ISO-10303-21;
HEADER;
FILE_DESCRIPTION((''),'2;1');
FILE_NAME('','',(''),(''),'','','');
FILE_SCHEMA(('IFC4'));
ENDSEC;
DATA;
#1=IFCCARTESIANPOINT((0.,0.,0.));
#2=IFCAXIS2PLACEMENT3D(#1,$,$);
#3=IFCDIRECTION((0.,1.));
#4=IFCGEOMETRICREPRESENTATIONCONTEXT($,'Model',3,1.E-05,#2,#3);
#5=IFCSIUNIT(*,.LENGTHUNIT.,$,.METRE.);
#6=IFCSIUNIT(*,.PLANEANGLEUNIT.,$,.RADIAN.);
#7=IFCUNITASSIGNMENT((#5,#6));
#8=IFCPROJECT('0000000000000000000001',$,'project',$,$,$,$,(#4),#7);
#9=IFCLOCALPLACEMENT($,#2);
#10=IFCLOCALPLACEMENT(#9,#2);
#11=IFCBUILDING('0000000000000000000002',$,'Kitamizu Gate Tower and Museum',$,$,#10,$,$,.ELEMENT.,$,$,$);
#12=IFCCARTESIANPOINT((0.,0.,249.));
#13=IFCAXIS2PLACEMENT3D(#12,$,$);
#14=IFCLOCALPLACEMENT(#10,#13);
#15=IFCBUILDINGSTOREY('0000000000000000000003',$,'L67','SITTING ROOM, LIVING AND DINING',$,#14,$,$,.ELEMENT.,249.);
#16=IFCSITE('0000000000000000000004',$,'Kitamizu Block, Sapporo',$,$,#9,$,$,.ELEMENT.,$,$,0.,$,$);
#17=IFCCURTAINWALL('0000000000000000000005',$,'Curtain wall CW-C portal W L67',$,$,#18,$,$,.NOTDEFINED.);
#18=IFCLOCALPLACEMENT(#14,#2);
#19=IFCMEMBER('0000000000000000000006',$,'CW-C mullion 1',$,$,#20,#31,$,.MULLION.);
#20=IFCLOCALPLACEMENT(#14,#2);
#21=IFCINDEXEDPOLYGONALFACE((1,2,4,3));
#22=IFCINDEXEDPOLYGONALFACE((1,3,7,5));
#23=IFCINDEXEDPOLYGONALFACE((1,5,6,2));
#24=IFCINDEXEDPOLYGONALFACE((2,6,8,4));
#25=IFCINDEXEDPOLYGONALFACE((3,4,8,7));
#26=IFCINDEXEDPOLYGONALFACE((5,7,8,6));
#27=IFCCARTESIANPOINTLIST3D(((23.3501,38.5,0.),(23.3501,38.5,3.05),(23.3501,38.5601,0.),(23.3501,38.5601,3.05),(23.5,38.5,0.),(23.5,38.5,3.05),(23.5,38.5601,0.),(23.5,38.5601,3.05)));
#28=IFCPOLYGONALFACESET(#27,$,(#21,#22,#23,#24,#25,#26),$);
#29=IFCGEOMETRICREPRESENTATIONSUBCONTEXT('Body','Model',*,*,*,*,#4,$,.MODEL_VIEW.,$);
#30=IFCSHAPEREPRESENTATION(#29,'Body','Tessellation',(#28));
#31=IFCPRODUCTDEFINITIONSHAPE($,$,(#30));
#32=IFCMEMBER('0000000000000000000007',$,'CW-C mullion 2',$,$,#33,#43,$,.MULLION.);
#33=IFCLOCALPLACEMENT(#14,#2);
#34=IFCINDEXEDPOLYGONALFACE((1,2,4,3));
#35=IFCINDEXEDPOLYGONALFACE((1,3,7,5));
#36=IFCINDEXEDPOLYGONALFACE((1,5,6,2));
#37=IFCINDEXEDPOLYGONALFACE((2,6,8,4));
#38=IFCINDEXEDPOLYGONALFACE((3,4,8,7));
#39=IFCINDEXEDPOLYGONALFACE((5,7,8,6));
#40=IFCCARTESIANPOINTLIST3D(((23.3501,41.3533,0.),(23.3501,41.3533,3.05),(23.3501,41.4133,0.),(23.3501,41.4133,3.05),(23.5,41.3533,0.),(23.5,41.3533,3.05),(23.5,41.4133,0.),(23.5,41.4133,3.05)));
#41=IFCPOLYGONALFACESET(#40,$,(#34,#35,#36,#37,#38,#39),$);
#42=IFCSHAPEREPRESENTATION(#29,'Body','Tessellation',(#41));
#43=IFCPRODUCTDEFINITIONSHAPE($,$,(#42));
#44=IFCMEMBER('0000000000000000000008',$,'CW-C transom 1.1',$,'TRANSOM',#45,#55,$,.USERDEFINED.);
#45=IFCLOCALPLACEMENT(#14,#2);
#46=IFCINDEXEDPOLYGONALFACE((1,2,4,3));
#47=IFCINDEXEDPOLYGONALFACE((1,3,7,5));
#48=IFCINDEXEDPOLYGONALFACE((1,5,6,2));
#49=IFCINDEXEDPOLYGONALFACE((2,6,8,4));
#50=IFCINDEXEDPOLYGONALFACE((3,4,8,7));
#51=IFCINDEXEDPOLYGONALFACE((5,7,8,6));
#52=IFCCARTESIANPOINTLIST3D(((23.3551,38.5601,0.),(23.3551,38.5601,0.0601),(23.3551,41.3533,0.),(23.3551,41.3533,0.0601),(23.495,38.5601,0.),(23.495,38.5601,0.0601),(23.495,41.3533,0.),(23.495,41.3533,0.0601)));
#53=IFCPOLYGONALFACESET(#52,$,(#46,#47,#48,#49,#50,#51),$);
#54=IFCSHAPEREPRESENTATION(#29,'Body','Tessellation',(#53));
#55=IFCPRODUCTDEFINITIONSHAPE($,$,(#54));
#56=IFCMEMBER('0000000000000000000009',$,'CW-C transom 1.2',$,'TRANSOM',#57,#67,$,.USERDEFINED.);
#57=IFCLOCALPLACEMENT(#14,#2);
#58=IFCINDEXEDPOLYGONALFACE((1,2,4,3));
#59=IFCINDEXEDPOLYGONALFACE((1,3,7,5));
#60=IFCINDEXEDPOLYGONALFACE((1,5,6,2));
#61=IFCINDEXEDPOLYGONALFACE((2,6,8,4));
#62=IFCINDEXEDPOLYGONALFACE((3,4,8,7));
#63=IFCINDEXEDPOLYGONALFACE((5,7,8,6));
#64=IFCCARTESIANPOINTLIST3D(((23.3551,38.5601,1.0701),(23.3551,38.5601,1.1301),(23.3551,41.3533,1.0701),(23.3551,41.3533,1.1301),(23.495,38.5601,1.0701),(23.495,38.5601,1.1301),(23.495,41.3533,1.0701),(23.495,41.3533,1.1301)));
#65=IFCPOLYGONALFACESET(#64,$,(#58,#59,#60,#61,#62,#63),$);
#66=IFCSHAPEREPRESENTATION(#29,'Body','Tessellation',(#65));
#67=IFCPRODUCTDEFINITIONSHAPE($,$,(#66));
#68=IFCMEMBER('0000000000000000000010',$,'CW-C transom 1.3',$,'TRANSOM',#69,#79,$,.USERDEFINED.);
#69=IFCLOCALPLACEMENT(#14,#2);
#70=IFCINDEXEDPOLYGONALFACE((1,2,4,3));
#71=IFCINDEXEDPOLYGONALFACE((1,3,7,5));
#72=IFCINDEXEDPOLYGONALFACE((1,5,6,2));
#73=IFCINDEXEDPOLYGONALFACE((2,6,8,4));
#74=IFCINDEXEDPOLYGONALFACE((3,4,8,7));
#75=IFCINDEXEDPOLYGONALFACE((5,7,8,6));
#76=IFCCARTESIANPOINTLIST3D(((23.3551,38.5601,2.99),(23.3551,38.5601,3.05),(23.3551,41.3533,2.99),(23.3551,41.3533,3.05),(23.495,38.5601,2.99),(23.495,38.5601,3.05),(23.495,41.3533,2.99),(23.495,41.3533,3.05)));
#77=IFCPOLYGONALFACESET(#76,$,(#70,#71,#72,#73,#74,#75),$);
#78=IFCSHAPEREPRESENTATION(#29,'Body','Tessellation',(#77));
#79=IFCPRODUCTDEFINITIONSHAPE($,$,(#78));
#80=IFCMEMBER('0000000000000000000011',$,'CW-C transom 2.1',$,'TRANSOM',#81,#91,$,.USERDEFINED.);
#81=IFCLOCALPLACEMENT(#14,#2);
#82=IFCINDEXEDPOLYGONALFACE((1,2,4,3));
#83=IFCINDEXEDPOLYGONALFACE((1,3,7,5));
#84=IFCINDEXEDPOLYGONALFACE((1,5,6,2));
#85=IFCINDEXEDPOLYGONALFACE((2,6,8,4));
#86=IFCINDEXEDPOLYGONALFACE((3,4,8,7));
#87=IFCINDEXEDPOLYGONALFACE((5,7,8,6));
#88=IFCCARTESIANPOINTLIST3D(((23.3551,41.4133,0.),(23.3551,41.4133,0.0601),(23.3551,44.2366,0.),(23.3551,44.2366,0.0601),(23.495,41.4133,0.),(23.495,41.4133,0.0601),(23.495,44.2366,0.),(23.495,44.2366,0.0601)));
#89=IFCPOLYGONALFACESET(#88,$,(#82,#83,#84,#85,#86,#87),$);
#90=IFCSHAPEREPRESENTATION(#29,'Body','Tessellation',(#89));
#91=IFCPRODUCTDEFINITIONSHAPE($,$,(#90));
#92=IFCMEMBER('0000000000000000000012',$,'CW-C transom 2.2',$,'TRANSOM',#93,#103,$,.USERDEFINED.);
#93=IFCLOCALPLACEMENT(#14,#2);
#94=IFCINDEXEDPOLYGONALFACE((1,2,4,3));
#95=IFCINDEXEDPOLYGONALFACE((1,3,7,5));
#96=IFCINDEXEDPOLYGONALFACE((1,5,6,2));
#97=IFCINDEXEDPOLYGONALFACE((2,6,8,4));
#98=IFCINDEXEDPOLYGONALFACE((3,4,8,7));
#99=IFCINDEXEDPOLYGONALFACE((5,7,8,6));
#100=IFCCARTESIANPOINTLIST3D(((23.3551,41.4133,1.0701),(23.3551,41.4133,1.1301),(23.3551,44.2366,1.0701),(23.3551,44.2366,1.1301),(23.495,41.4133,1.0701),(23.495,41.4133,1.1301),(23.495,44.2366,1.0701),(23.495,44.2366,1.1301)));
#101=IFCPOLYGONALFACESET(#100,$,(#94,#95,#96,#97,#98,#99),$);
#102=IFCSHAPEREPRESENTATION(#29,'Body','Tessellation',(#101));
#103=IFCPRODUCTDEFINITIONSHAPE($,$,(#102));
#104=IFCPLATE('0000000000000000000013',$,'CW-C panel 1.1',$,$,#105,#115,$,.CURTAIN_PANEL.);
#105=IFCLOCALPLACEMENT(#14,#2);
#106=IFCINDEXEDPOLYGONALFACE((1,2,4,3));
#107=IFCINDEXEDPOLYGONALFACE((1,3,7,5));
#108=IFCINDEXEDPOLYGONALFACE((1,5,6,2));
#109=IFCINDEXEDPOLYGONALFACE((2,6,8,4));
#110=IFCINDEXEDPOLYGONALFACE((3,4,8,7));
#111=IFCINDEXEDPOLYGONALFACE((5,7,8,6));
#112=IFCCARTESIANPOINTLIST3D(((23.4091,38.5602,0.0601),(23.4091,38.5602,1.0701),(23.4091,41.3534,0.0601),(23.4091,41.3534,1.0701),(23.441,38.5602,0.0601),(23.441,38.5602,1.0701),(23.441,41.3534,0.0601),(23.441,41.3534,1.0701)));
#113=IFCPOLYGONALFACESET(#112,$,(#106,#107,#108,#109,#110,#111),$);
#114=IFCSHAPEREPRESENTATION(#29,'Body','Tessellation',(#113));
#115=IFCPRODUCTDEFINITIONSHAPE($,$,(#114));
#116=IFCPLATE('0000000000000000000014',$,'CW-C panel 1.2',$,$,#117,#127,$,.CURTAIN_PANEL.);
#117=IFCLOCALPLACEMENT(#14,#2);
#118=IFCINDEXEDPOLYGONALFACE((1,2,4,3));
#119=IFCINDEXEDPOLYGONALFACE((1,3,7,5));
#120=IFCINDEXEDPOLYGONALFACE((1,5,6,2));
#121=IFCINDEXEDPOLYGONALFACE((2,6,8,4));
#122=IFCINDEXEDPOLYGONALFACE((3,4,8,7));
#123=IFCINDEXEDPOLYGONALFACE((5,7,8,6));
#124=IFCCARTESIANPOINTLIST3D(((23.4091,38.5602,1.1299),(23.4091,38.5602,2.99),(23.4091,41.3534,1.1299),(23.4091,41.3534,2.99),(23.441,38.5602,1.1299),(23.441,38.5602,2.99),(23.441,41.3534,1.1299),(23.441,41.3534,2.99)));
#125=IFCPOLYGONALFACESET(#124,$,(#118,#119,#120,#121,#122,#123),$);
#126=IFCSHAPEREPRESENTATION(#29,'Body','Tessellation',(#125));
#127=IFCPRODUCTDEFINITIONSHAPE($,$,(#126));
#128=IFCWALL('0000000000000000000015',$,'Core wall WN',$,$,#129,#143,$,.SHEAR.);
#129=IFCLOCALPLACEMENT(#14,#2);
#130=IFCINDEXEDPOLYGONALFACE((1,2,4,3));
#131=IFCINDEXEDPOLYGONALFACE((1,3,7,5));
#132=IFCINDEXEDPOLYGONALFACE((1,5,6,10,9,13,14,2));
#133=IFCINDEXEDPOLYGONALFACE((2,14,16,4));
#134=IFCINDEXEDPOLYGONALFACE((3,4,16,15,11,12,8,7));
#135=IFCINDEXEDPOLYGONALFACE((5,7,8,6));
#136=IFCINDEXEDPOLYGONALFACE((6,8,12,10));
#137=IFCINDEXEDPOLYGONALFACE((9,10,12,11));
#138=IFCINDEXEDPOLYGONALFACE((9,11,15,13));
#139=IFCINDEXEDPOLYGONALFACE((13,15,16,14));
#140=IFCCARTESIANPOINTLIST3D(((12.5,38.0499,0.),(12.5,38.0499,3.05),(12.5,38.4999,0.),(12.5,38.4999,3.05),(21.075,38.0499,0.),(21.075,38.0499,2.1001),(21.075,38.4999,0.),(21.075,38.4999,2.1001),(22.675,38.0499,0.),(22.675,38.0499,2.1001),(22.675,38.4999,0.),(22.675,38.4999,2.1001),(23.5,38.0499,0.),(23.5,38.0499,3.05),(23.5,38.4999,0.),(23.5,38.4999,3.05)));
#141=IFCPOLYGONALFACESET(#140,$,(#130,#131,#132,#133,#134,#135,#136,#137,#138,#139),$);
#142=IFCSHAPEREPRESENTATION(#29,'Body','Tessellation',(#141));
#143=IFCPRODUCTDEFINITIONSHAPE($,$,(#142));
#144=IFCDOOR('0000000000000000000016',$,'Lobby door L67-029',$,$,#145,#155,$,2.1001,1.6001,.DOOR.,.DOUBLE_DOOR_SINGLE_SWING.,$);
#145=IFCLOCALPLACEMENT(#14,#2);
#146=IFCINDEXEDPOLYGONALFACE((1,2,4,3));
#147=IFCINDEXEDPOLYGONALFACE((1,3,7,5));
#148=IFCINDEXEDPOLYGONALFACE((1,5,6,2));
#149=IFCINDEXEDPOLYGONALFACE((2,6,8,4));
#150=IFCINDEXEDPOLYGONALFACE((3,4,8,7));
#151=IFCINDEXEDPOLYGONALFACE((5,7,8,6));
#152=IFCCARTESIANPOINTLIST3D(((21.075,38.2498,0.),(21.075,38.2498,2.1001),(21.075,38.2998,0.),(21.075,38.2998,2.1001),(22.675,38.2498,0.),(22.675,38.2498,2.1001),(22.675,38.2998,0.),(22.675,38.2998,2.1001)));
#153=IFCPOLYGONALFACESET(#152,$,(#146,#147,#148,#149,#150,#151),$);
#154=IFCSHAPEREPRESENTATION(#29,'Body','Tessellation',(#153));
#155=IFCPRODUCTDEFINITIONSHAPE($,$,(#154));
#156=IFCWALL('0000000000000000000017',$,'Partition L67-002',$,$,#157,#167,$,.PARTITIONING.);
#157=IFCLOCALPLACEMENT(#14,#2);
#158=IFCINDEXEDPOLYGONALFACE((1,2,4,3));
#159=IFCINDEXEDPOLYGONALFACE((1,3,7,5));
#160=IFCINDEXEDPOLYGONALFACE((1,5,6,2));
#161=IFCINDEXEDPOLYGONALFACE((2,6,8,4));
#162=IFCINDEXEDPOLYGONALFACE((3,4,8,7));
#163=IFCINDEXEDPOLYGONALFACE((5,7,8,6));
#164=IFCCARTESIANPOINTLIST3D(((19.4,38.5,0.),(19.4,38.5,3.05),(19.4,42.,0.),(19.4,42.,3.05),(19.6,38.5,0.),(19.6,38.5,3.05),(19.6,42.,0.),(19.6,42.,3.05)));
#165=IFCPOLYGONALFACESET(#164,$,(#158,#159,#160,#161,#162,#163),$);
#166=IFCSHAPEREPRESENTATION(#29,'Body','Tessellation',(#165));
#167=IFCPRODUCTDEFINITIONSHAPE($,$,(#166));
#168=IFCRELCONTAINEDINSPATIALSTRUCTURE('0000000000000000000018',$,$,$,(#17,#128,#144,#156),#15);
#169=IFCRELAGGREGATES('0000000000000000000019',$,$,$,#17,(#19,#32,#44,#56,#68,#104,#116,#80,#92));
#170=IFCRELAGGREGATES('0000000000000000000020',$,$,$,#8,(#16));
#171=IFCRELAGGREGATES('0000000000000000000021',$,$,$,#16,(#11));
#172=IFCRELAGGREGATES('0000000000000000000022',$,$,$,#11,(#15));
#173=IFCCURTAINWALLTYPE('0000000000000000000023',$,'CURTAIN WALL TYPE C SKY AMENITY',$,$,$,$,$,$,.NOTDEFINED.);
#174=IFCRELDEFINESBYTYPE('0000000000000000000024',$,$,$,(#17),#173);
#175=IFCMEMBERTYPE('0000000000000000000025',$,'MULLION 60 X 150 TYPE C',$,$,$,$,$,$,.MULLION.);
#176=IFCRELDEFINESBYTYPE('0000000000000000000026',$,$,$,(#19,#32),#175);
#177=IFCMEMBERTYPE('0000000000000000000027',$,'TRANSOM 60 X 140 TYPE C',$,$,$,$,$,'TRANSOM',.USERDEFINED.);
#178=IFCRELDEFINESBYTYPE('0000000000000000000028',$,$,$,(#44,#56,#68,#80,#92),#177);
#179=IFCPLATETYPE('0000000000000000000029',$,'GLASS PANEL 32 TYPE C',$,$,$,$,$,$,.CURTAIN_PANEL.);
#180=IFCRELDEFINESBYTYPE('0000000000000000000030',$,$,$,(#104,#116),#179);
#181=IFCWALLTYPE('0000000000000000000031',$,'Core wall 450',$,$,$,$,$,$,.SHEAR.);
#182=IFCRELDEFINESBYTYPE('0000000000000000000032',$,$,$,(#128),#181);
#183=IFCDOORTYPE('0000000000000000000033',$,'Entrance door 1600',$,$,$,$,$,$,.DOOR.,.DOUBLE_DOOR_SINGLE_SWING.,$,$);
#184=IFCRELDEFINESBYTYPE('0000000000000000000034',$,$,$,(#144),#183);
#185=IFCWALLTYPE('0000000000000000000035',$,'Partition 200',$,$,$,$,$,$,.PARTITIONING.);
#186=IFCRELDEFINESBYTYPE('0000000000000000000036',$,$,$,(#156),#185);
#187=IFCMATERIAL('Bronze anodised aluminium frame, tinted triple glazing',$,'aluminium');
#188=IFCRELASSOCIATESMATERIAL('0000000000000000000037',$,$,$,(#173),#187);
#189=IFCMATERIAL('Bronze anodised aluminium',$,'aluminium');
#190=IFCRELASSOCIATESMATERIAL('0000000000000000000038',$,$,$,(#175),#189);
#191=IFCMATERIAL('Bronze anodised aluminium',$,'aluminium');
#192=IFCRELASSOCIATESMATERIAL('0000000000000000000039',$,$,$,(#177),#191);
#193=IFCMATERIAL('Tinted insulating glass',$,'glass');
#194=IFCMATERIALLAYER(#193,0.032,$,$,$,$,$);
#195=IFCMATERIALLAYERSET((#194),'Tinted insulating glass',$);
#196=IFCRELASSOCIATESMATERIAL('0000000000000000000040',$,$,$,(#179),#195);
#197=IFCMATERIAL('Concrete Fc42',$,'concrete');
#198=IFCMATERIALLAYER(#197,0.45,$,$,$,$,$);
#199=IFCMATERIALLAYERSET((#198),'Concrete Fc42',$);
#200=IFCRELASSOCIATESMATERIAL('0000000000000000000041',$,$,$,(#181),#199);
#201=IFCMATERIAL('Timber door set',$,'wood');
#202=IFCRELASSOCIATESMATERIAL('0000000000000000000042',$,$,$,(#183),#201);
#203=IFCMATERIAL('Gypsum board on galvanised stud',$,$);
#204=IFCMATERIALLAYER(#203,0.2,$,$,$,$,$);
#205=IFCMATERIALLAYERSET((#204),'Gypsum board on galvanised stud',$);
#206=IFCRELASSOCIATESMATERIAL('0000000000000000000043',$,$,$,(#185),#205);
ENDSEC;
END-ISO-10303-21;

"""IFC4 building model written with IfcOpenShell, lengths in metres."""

from ifc_helpers import new_model, si_unit, direction, frame, frame_2d, origin, origin_2d, place, context, subcontext, project, spatial, rectangle, extrude, material, layer, layer_set, material_profile, profile_set, type_object, element, fill, aggregate, save


model = new_model("IFC4")

# Units and contexts
model_context = context("Model", 3, precision=1e-05, world=origin(), true_north=direction((0.0, 1.0)))
body_context = subcontext(model_context, "Body", "Model", "MODEL_VIEW")
ifc_project = project(units=[si_unit("LENGTHUNIT", "METRE"), si_unit("PLANEANGLEUNIT", "RADIAN")], contexts=[model_context])

# Site, building, storey
site_placement = place(None, origin())
site = spatial("IfcSite", under=ifc_project, at=site_placement, Name="Kitamizu Block, Sapporo", CompositionType="ELEMENT", RefElevation=0.0)
building_placement = place(site_placement, origin())
building = spatial("IfcBuilding", under=site, at=building_placement, Name="Kitamizu Gate Tower and Museum", CompositionType="ELEMENT")
storey_placement = place(building_placement, frame((0.0, 0.0, 249.0)))
storey = spatial("IfcBuildingStorey", under=building, at=storey_placement, Name="L67", Description="SITTING ROOM, LIVING AND DINING", CompositionType="ELEMENT", Elevation=249.0)

# Curtain wall, members, plates
ifc_material_1 = material(Name="Bronze anodised aluminium frame, tinted triple glazing", Category="aluminium")
curtain_wall_type = type_object("IfcCurtainWallType", Name="CURTAIN WALL TYPE C SKY AMENITY", PredefinedType="NOTDEFINED", material=ifc_material_1)
curtain_wall_placement = place(storey_placement, origin())
curtain_wall = element("IfcCurtainWall", 1, at=curtain_wall_placement, inside=storey, type_object=curtain_wall_type, Name="Curtain wall CW-C portal W L67", PredefinedType="NOTDEFINED")
ifc_material_2 = material(Name="Bronze anodised aluminium", Category="aluminium")
ifc_material_profile_1 = material_profile(ifc_material_2, rectangle(XDim=0.0601, YDim=0.1499, at=origin_2d()), Name="AL 60X150")
ifc_profile_set_1 = profile_set([ifc_material_profile_1], Name="Bronze anodised aluminium")
member_type_1 = type_object("IfcMemberType", Name="MULLION 60 X 150 TYPE C", PredefinedType="MULLION", material=ifc_profile_set_1)
member_1_placement = place(storey_placement, frame((23.425, 38.53, 0.0), z_axis=(0.0, 0.0, 1.0), x_axis=(0.0, 1.0, 0.0)))
member_1 = element("IfcMember", 2, at=member_1_placement, type_object=member_type_1, Name="CW-C mullion 1", PredefinedType="MULLION", context=body_context, shape_type="SweptSolid", body=[
    extrude(rectangle(XDim=0.0601, YDim=0.1499, at=origin_2d()), origin(), (0.0, 0.0, 1.0), 3.05),
])
member_2_placement = place(storey_placement, frame((23.425, 41.3833, 0.0), z_axis=(0.0, 0.0, 1.0), x_axis=(0.0, 1.0, 0.0)))
member_2 = element("IfcMember", 3, at=member_2_placement, type_object=member_type_1, Name="CW-C mullion 2", PredefinedType="MULLION", context=body_context, shape_type="SweptSolid", body=[
    extrude(rectangle(XDim=0.0601, YDim=0.1499, at=origin_2d()), origin(), (0.0, 0.0, 1.0), 3.05),
])
ifc_material_3 = material(Name="Bronze anodised aluminium", Category="aluminium")
ifc_material_profile_2 = material_profile(ifc_material_3, rectangle(XDim=0.1399, YDim=0.0601, at=origin_2d()), Name="AL 60X140")
ifc_profile_set_2 = profile_set([ifc_material_profile_2], Name="Bronze anodised aluminium")
member_type_2 = type_object("IfcMemberType", Name="TRANSOM 60 X 140 TYPE C", ElementType="TRANSOM", PredefinedType="USERDEFINED", material=ifc_profile_set_2)
member_3_placement = place(storey_placement, frame((23.425, 38.5601, 0.03), z_axis=(0.0, 1.0, 0.0), x_axis=(-1.0, 0.0, 0.0)))
member_3 = element("IfcMember", 4, at=member_3_placement, type_object=member_type_2, Name="CW-C transom 1.1", ObjectType="TRANSOM", PredefinedType="USERDEFINED", context=body_context, shape_type="SweptSolid", body=[
    extrude(rectangle(XDim=0.1399, YDim=0.0601, at=origin_2d()), origin(), (0.0, 0.0, 1.0), 2.7932),
])
member_4_placement = place(storey_placement, frame((23.425, 38.5601, 1.1001), z_axis=(0.0, 1.0, 0.0), x_axis=(-1.0, 0.0, 0.0)))
member_4 = element("IfcMember", 5, at=member_4_placement, type_object=member_type_2, Name="CW-C transom 1.2", ObjectType="TRANSOM", PredefinedType="USERDEFINED", context=body_context, shape_type="SweptSolid", body=[
    extrude(rectangle(XDim=0.1399, YDim=0.0601, at=origin_2d()), origin(), (0.0, 0.0, 1.0), 2.7932),
])
member_5_placement = place(storey_placement, frame((23.425, 38.5601, 3.02), z_axis=(0.0, 1.0, 0.0), x_axis=(-1.0, 0.0, 0.0)))
member_5 = element("IfcMember", 6, at=member_5_placement, type_object=member_type_2, Name="CW-C transom 1.3", ObjectType="TRANSOM", PredefinedType="USERDEFINED", context=body_context, shape_type="SweptSolid", body=[
    extrude(rectangle(XDim=0.1399, YDim=0.0601, at=origin_2d()), origin(), (0.0, 0.0, 1.0), 2.7932),
])
member_6_placement = place(storey_placement, frame((23.425, 41.4133, 0.03), z_axis=(0.0, 1.0, 0.0), x_axis=(-1.0, 0.0, 0.0)))
member_6 = element("IfcMember", 7, at=member_6_placement, type_object=member_type_2, Name="CW-C transom 2.1", ObjectType="TRANSOM", PredefinedType="USERDEFINED", context=body_context, shape_type="SweptSolid", body=[
    extrude(rectangle(XDim=0.1399, YDim=0.0601, at=origin_2d()), origin(), (0.0, 0.0, 1.0), 2.8232),
])
member_7_placement = place(storey_placement, frame((23.425, 41.4133, 1.1001), z_axis=(0.0, 1.0, 0.0), x_axis=(-1.0, 0.0, 0.0)))
member_7 = element("IfcMember", 8, at=member_7_placement, type_object=member_type_2, Name="CW-C transom 2.2", ObjectType="TRANSOM", PredefinedType="USERDEFINED", context=body_context, shape_type="SweptSolid", body=[
    extrude(rectangle(XDim=0.1399, YDim=0.0601, at=origin_2d()), origin(), (0.0, 0.0, 1.0), 2.8232),
])
ifc_material_4 = material(Name="Tinted insulating glass", Category="glass")
ifc_layer_1 = layer(ifc_material_4, 0.032)
ifc_layer_set_1 = layer_set([ifc_layer_1], Name="Tinted insulating glass")
plate_type = type_object("IfcPlateType", Name="GLASS PANEL 32 TYPE C", PredefinedType="CURTAIN_PANEL", material=ifc_layer_set_1)
plate_1_placement = place(storey_placement, frame((23.425, 39.9568, 0.0601), z_axis=(0.0, 0.0, 1.0), x_axis=(0.0, 1.0, 0.0)))
plate_1 = element("IfcPlate", 9, at=plate_1_placement, type_object=plate_type, Name="CW-C panel 1.1", PredefinedType="CURTAIN_PANEL", context=body_context, shape_type="SweptSolid", body=[
    extrude(rectangle(XDim=2.7932, YDim=0.032, at=origin_2d()), origin(), (0.0, 0.0, 1.0), 1.01),
])
plate_2_placement = place(storey_placement, frame((23.425, 39.9568, 1.1299), z_axis=(0.0, 0.0, 1.0), x_axis=(0.0, 1.0, 0.0)))
plate_2 = element("IfcPlate", 10, at=plate_2_placement, type_object=plate_type, Name="CW-C panel 1.2", PredefinedType="CURTAIN_PANEL", context=body_context, shape_type="SweptSolid", body=[
    extrude(rectangle(XDim=2.7932, YDim=0.032, at=origin_2d()), origin(), (0.0, 0.0, 1.0), 1.8601),
])
aggregate(curtain_wall, [member_1, member_2, member_3, member_4, member_5, plate_1, plate_2, member_6, member_7])

# Wall, opening, door
ifc_material_5 = material(Name="Concrete Fc42", Category="concrete")
ifc_layer_2 = layer(ifc_material_5, 0.45)
ifc_layer_set_2 = layer_set([ifc_layer_2], Name="Concrete Fc42")
wall_type_1 = type_object("IfcWallType", Name="Core wall 450", PredefinedType="SHEAR", material=ifc_layer_set_2)
wall_1_placement = place(storey_placement, frame((12.5, 38.2749, 0.0), z_axis=(0.0, 0.0, 1.0), x_axis=(1.0, 0.0, 0.0)))
wall_1 = element("IfcWall", 11, at=wall_1_placement, inside=storey, type_object=wall_type_1, Name="Core wall WN", PredefinedType="SHEAR", context=body_context, shape_type="SweptSolid", body=[
    extrude(rectangle(XDim=11.0, YDim=0.45, at=frame_2d((5.5, 0.0))), origin(), (0.0, 0.0, 1.0), 3.05),
])
opening_1_placement = place(wall_1_placement, frame((8.575, 0.0, 0.0)))
opening_1 = element("IfcOpeningElement", 12, at=opening_1_placement, cuts=wall_1, PredefinedType="OPENING", context=body_context, shape_type="SweptSolid", body=[
    extrude(rectangle(XDim=1.6001, YDim=2.1001, at=frame_2d((0.8, 1.05))), frame((0.0, 0.2349, 0.0), z_axis=(0.0, -1.0, 0.0), x_axis=(1.0, 0.0, 0.0)), (0.0, 0.0, 1.0), 0.47),
])
ifc_material_6 = material(Name="Timber door set", Category="wood")
door_type_1 = type_object("IfcDoorType", Name="Entrance door 1600", OperationType="DOUBLE_DOOR_SINGLE_SWING", PredefinedType="DOOR", material=ifc_material_6)
door_1_placement = place(opening_1_placement, origin())
door_1 = element("IfcDoor", 13, at=door_1_placement, inside=storey, type_object=door_type_1, Name="Lobby door L67-029", OperationType="DOUBLE_DOOR_SINGLE_SWING", OverallHeight=2.1001, OverallWidth=1.6001, PredefinedType="DOOR", context=body_context, shape_type="SweptSolid", body=[
    extrude(rectangle(XDim=1.6001, YDim=2.1001, at=frame_2d((0.8, 1.05))), frame((0.0, 0.0249, 0.0), z_axis=(0.0, -1.0, 0.0), x_axis=(1.0, 0.0, 0.0)), (0.0, 0.0, 1.0), 0.05),
])
fill(opening_1, door_1)

# Wall
ifc_material_7 = material(Name="Gypsum board on galvanised stud")
ifc_layer_3 = layer(ifc_material_7, 0.2)
ifc_layer_set_3 = layer_set([ifc_layer_3], Name="Gypsum board on galvanised stud")
wall_type_2 = type_object("IfcWallType", Name="Partition 200", PredefinedType="PARTITIONING", material=ifc_layer_set_3)
wall_2_placement = place(storey_placement, frame((19.5, 38.5, 0.0), z_axis=(0.0, 0.0, 1.0), x_axis=(0.0, 1.0, 0.0)))
element("IfcWall", 14, at=wall_2_placement, inside=storey, type_object=wall_type_2, Name="Partition L67-002", PredefinedType="PARTITIONING", context=body_context, shape_type="SweptSolid", body=[
    extrude(rectangle(XDim=3.5, YDim=0.2, at=frame_2d((1.75, 0.0))), origin(), (0.0, 0.0, 1.0), 3.05),
])

save(model, "model.ifc")
